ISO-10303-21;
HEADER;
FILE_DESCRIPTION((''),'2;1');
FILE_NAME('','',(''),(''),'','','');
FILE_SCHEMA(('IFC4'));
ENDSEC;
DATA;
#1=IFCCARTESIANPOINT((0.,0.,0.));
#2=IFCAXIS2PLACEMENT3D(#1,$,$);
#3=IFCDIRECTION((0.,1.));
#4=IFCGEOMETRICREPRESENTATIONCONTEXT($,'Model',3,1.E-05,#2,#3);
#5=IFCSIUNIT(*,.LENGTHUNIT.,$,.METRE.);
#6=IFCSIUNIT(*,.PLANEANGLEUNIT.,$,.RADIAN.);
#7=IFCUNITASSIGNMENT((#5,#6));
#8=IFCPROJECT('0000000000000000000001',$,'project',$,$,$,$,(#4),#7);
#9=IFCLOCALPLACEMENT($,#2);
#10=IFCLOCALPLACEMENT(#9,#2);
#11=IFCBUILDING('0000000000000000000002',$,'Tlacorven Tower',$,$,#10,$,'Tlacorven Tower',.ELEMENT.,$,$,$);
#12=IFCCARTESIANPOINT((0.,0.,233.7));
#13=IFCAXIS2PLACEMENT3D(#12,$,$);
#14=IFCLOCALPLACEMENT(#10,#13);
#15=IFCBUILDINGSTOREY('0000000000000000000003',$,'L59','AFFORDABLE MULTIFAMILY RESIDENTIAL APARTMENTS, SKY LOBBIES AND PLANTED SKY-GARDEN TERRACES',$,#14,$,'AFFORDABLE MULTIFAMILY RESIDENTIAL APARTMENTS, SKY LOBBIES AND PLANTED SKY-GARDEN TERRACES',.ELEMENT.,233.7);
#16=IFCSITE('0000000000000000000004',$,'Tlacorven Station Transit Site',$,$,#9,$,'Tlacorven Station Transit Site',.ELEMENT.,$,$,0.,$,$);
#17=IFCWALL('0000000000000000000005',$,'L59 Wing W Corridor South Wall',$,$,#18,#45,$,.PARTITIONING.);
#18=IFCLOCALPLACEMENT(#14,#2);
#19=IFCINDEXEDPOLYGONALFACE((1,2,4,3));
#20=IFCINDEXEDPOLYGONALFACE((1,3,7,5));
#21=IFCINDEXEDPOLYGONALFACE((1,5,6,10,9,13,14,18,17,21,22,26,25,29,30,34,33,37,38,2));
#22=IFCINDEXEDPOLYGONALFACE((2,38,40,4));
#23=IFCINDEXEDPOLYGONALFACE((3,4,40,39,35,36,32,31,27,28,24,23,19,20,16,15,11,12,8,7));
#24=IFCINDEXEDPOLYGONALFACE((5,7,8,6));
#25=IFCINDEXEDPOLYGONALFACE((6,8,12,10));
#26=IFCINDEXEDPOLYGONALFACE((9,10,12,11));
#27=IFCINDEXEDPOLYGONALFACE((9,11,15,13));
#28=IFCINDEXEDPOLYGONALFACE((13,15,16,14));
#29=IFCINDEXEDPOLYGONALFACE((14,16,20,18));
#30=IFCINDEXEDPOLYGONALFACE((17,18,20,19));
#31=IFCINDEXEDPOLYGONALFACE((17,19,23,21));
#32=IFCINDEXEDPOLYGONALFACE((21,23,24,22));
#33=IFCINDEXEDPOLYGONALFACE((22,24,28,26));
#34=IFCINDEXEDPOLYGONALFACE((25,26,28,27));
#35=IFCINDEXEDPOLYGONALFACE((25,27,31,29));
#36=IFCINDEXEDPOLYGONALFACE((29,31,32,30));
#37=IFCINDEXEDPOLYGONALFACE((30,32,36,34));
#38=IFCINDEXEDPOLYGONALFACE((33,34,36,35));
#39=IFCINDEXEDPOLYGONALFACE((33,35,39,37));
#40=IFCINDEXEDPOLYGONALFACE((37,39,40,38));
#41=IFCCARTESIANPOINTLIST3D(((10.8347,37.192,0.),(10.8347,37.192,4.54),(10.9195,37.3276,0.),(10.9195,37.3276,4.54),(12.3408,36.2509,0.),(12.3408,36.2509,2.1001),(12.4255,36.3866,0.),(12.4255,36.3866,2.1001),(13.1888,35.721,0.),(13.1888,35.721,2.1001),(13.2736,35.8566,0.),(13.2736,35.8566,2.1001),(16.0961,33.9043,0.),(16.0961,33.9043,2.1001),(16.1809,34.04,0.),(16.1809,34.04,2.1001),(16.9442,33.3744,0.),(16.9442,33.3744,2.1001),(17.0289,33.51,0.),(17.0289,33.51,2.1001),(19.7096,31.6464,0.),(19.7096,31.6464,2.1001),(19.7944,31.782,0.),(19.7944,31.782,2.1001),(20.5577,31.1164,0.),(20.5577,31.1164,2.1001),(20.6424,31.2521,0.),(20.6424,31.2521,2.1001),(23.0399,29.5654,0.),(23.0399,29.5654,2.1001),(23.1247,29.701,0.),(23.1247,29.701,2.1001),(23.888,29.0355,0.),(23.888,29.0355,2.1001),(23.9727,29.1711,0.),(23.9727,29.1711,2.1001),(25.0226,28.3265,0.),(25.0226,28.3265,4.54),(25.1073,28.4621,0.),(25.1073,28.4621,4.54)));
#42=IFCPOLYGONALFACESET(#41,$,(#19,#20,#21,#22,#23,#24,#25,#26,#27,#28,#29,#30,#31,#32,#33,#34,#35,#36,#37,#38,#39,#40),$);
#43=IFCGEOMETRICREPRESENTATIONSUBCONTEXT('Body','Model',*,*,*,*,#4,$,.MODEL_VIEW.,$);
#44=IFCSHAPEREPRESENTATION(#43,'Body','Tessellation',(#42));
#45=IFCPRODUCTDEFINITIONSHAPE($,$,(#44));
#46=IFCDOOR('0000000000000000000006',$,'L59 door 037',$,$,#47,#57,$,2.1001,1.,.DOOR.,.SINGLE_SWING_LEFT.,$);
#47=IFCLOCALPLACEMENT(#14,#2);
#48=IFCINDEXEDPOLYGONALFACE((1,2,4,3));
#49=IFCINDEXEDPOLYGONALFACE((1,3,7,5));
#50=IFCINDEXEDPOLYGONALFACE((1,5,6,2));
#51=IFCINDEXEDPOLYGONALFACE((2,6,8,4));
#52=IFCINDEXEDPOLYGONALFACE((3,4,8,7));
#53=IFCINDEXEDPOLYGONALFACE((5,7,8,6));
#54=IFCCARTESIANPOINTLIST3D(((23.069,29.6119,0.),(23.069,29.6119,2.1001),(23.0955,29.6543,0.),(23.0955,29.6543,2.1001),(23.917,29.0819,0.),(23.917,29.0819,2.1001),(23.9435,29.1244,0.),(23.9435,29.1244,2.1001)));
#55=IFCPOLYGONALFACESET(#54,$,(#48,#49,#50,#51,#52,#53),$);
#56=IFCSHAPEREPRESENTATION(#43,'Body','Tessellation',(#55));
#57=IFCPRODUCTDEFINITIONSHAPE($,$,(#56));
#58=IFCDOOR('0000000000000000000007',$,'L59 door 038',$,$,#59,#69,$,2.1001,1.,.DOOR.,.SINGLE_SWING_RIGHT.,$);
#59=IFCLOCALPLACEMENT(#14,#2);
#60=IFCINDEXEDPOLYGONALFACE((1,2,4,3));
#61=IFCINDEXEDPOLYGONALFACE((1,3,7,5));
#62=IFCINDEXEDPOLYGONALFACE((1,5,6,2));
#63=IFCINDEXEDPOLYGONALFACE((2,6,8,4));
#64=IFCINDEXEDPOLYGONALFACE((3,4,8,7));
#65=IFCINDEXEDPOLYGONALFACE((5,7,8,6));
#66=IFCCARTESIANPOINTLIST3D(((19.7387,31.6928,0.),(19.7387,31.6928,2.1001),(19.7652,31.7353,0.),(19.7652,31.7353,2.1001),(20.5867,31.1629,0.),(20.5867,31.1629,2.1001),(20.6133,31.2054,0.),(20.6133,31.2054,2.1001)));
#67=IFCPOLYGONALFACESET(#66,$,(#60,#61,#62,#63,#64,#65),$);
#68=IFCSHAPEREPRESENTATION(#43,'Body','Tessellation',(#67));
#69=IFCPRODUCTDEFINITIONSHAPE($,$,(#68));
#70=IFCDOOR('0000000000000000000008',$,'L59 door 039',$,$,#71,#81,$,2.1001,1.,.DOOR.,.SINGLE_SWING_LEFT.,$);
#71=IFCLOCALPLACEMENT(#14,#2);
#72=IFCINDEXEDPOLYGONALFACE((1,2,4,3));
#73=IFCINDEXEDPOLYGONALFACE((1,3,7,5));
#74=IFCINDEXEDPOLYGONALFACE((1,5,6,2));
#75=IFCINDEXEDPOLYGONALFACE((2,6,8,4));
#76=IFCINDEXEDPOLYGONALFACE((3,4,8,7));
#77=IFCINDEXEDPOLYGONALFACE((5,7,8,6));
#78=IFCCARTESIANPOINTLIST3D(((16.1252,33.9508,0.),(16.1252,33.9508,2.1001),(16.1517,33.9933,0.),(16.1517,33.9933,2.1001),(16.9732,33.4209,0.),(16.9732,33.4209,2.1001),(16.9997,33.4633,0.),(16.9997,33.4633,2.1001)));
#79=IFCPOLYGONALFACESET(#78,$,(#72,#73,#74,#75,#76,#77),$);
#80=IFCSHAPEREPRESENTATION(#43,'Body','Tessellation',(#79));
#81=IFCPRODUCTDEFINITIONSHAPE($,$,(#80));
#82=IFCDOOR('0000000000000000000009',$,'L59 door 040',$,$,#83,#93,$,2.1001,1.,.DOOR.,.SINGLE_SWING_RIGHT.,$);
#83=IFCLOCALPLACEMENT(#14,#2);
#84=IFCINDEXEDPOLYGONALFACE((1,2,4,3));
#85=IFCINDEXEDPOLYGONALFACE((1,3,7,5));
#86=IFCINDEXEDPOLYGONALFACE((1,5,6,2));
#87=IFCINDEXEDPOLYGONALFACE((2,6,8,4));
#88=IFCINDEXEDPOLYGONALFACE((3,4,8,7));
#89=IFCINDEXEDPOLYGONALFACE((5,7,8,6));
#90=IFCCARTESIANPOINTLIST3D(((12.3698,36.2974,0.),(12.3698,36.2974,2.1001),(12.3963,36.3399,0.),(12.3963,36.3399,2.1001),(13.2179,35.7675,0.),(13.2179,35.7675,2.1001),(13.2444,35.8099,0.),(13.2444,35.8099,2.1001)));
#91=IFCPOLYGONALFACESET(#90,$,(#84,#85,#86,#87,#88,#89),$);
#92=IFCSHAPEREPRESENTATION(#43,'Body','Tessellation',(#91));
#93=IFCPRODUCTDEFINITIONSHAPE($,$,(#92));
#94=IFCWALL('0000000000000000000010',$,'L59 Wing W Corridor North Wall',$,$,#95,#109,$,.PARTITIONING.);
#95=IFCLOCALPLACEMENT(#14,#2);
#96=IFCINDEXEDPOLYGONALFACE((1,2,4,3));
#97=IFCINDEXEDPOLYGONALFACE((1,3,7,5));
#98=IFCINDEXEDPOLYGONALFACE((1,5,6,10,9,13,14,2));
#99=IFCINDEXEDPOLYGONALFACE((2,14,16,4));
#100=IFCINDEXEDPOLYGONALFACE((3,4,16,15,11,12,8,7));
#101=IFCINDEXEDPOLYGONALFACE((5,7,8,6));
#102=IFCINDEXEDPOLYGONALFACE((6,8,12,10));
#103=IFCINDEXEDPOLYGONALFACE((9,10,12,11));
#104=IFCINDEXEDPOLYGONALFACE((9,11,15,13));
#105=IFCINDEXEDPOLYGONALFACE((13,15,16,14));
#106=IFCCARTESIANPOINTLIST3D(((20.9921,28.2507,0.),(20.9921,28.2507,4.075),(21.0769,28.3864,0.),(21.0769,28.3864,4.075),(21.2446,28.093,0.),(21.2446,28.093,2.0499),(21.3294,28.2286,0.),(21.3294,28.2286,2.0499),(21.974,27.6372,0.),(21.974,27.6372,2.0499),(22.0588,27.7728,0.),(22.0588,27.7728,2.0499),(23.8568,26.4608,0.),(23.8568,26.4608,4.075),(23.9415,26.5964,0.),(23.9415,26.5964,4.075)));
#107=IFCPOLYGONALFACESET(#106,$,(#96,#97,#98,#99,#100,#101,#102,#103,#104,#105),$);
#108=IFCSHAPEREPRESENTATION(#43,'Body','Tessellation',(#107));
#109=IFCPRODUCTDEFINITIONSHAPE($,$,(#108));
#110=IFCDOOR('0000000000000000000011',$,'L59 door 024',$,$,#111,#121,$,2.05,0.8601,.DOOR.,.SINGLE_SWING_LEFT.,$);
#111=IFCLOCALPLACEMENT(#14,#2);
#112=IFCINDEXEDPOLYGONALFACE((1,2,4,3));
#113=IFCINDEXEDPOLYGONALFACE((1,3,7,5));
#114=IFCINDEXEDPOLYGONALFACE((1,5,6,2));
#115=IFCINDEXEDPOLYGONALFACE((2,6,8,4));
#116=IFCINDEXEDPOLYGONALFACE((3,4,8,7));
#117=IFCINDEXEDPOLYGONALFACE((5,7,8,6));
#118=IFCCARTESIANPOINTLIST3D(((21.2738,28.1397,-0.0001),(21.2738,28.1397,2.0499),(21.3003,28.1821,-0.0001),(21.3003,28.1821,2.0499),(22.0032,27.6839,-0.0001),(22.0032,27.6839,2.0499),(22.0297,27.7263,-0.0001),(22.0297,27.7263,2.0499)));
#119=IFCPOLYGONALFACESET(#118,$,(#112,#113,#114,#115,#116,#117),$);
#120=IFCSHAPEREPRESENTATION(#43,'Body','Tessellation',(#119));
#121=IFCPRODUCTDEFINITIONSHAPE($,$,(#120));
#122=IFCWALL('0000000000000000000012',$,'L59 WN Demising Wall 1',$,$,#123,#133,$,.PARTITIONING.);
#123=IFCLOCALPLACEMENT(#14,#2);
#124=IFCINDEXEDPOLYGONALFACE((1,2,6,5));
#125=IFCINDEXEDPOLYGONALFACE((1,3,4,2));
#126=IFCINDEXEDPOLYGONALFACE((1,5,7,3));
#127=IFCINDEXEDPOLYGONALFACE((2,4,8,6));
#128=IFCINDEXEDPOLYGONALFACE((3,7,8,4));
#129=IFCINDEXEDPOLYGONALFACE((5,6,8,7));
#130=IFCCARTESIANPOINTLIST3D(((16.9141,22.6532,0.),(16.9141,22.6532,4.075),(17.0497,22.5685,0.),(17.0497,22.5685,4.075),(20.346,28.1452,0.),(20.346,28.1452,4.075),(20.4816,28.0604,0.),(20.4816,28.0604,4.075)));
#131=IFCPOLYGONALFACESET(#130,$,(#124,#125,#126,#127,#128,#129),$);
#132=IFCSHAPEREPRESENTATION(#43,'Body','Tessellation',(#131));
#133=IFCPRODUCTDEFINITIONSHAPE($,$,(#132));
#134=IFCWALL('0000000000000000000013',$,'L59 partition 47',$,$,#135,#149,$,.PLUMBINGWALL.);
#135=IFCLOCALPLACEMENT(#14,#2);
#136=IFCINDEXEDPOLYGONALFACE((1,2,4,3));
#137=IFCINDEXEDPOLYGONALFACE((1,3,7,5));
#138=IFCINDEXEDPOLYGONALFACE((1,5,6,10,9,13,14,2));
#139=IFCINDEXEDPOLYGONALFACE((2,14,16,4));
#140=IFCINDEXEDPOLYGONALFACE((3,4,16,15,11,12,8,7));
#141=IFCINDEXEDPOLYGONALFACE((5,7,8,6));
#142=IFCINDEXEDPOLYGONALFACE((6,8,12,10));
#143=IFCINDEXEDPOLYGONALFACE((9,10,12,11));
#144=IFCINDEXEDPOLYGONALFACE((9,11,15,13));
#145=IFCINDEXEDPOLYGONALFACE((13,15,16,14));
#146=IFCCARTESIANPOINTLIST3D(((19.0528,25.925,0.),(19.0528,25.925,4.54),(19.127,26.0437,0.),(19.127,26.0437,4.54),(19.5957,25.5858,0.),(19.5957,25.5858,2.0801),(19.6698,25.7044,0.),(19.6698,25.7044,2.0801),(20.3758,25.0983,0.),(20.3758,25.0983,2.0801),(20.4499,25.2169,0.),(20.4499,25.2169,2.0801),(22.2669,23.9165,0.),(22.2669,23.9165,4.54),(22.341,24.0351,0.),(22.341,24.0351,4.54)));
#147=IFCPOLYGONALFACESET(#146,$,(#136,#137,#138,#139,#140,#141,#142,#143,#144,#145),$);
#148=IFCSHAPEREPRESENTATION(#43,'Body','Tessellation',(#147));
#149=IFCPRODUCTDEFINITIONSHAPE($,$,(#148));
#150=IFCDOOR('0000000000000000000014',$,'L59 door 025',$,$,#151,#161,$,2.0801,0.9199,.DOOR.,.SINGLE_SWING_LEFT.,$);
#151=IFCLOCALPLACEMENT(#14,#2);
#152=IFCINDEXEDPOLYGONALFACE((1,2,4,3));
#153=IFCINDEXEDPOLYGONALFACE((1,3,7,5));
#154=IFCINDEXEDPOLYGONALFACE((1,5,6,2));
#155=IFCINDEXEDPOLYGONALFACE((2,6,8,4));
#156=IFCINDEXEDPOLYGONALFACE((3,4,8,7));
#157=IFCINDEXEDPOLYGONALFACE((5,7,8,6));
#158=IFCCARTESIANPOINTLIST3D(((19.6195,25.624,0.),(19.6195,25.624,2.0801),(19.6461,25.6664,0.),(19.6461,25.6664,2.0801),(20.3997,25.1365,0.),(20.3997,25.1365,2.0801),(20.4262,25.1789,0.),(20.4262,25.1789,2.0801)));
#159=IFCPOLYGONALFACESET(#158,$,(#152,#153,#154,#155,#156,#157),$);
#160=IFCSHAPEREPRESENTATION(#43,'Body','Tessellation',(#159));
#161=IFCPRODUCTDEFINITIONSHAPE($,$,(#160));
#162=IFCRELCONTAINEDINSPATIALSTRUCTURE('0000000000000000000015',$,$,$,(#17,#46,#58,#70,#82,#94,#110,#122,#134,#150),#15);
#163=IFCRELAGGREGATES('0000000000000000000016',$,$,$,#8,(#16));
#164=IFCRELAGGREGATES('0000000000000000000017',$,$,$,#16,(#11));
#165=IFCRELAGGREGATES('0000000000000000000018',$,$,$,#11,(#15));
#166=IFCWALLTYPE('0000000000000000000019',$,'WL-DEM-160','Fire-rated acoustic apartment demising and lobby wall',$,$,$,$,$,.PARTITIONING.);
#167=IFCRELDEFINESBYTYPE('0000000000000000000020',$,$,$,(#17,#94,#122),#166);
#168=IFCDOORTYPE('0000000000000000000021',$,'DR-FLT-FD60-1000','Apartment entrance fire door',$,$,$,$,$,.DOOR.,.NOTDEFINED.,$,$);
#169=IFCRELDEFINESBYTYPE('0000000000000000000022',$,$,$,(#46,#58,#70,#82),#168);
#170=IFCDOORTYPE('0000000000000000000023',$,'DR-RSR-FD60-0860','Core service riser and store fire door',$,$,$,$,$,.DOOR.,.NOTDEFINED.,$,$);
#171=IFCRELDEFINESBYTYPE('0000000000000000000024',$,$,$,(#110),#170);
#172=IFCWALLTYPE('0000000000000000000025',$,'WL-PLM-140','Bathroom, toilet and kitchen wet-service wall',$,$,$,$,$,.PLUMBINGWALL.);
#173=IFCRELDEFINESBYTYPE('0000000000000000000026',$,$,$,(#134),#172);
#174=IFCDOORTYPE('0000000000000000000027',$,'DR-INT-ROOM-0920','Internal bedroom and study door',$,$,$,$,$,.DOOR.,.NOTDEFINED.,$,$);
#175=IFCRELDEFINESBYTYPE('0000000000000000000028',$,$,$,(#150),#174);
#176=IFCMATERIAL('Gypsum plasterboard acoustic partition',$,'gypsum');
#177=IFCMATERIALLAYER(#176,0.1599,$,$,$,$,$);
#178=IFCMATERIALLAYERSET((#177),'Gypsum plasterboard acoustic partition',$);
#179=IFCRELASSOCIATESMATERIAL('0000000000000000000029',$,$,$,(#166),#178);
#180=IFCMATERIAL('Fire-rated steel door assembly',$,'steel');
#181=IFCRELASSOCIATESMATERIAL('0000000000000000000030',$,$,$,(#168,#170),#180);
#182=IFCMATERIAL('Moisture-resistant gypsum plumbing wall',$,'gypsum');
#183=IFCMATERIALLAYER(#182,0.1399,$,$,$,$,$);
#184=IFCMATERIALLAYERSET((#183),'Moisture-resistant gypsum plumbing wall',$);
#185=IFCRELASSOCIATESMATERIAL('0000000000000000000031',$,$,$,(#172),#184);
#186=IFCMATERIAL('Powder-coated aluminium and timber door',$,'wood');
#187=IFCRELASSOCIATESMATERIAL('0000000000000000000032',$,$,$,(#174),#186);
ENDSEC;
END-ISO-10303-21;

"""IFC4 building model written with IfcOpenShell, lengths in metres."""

from ifc_helpers import new_model, si_unit, direction, frame, frame_2d, origin, place, context, subcontext, project, spatial, rectangle, extrude, source, transform, mapped, material, layer, layer_set, type_object, element, fill, save


model = new_model("IFC4")

# Units and contexts
model_context = context("Model", 3, precision=1e-05, world=origin(), true_north=direction((0.0, 1.0)))
body_context = subcontext(model_context, "Body", "Model", "MODEL_VIEW")
ifc_project = project(units=[si_unit("LENGTHUNIT", "METRE"), si_unit("PLANEANGLEUNIT", "RADIAN")], contexts=[model_context])

# Site, building, storey
site_placement = place(None, origin())
site = spatial("IfcSite", under=ifc_project, at=site_placement, Name="Tlacorven Station Transit Site", LongName="Tlacorven Station Transit Site", CompositionType="ELEMENT", RefElevation=0.0)
building_placement = place(site_placement, origin())
building = spatial("IfcBuilding", under=site, at=building_placement, Name="Tlacorven Tower", LongName="Tlacorven Tower", CompositionType="ELEMENT")
storey_placement = place(building_placement, frame((0.0, 0.0, 233.7)))
storey = spatial("IfcBuildingStorey", under=building, at=storey_placement, Name="L59", Description="AFFORDABLE MULTIFAMILY RESIDENTIAL APARTMENTS, SKY LOBBIES AND PLANTED SKY-GARDEN TERRACES", LongName="AFFORDABLE MULTIFAMILY RESIDENTIAL APARTMENTS, SKY LOBBIES AND PLANTED SKY-GARDEN TERRACES", CompositionType="ELEMENT", Elevation=233.7)

# Shared definitions
ifc_material_1 = material(Name="Gypsum plasterboard acoustic partition", Category="gypsum")
ifc_layer_1 = layer(ifc_material_1, 0.1599)
ifc_layer_set_1 = layer_set([ifc_layer_1], Name="Gypsum plasterboard acoustic partition")
wall_type_1 = type_object("IfcWallType", Name="WL-DEM-160", Description="Fire-rated acoustic apartment demising and lobby wall", PredefinedType="PARTITIONING", material=ifc_layer_set_1)

# Wall, openings, doors
wall_1_placement = place(storey_placement, frame((25.0649, 28.3943, 0.0), z_axis=(0.0, 0.0, 1.0), x_axis=(-0.848048, 0.529919, 0.0)))
wall_1 = element("IfcWall", 1, at=wall_1_placement, inside=storey, type_object=wall_type_1, Name="L59 Wing W Corridor South Wall", PredefinedType="PARTITIONING", context=body_context, shape_type="SweptSolid", body=[
    extrude(rectangle(XDim=16.73, YDim=0.1599, at=frame_2d((8.365, 0.0))), origin(), (0.0, 0.0, 1.0), 4.54),
])
opening_1_placement = place(wall_1_placement, frame((1.3379, 0.0, 0.0)))
opening_1 = element("IfcOpeningElement", 2, at=opening_1_placement, cuts=wall_1, PredefinedType="OPENING", context=body_context, shape_type="SweptSolid", body=[
    extrude(rectangle(XDim=1.0, YDim=2.1001, at=frame_2d((0.5, 1.05))), frame((0.0, 0.0898, 0.0), z_axis=(0.0, -1.0, 0.0), x_axis=(1.0, 0.0, 0.0)), (0.0, 0.0, 1.0), 0.1799),
])
opening_2_placement = place(wall_1_placement, frame((5.2649, 0.0, 0.0)))
opening_2 = element("IfcOpeningElement", 3, at=opening_2_placement, cuts=wall_1, PredefinedType="OPENING", context=body_context, shape_type="SweptSolid", body=[
    extrude(rectangle(XDim=1.0, YDim=2.1001, at=frame_2d((0.5, 1.05))), frame((0.0, 0.0898, 0.0), z_axis=(0.0, -1.0, 0.0), x_axis=(1.0, 0.0, 0.0)), (0.0, 0.0, 1.0), 0.1799),
])
opening_3_placement = place(wall_1_placement, frame((9.5259, 0.0, 0.0)))
opening_3 = element("IfcOpeningElement", 4, at=opening_3_placement, cuts=wall_1, PredefinedType="OPENING", context=body_context, shape_type="SweptSolid", body=[
    extrude(rectangle(XDim=1.0, YDim=2.1001, at=frame_2d((0.5, 1.05))), frame((0.0, 0.0898, 0.0), z_axis=(0.0, -1.0, 0.0), x_axis=(1.0, 0.0, 0.0)), (0.0, 0.0, 1.0), 0.1799),
])
opening_4_placement = place(wall_1_placement, frame((13.9541, 0.0, 0.0)))
opening_4 = element("IfcOpeningElement", 5, at=opening_4_placement, cuts=wall_1, PredefinedType="OPENING", context=body_context, shape_type="SweptSolid", body=[
    extrude(rectangle(XDim=1.0, YDim=2.1001, at=frame_2d((0.5, 1.05))), frame((0.0, 0.0898, 0.0), z_axis=(0.0, -1.0, 0.0), x_axis=(1.0, 0.0, 0.0)), (0.0, 0.0, 1.0), 0.1799),
])
ifc_material_2 = material(Name="Fire-rated steel door assembly", Category="steel")
door_type_1 = type_object("IfcDoorType", Name="DR-FLT-FD60-1000", Description="Apartment entrance fire door", OperationType="NOTDEFINED", PredefinedType="DOOR", material=ifc_material_2)
shared_shape_1 = source(origin(), body_context, "Body", "SweptSolid", [
    extrude(rectangle(XDim=1.0, YDim=2.1001, at=frame_2d((0.5, 1.05))), frame((0.0, 0.0249, 0.0), z_axis=(0.0, -1.0, 0.0), x_axis=(1.0, 0.0, 0.0)), (0.0, 0.0, 1.0), 0.05),
])
door_1_placement = place(opening_1_placement, frame((1.0, 0.0, 0.0), z_axis=(0.0, 0.0, 1.0), x_axis=(-1.0, 0.0, 0.0)))
door_1 = element("IfcDoor", 6, at=door_1_placement, inside=storey, type_object=door_type_1, Name="L59 door 037", OperationType="SINGLE_SWING_LEFT", OverallHeight=2.1001, OverallWidth=1.0, PredefinedType="DOOR", context=body_context, shape_type="MappedRepresentation", body=[
    mapped(shared_shape_1, transform((0.0, 0.0, 0.0), scale=1.0)),
])
fill(opening_1, door_1)
door_2_placement = place(opening_2_placement, frame((1.0, 0.0, 0.0), z_axis=(0.0, 0.0, 1.0), x_axis=(-1.0, 0.0, 0.0)))
door_2 = element("IfcDoor", 7, at=door_2_placement, inside=storey, type_object=door_type_1, Name="L59 door 038", OperationType="SINGLE_SWING_RIGHT", OverallHeight=2.1001, OverallWidth=1.0, PredefinedType="DOOR", context=body_context, shape_type="MappedRepresentation", body=[
    mapped(shared_shape_1, transform((0.0, 0.0, 0.0), scale=1.0)),
])
fill(opening_2, door_2)
door_3_placement = place(opening_3_placement, frame((1.0, 0.0, 0.0), z_axis=(0.0, 0.0, 1.0), x_axis=(-1.0, 0.0, 0.0)))
door_3 = element("IfcDoor", 8, at=door_3_placement, inside=storey, type_object=door_type_1, Name="L59 door 039", OperationType="SINGLE_SWING_LEFT", OverallHeight=2.1001, OverallWidth=1.0, PredefinedType="DOOR", context=body_context, shape_type="MappedRepresentation", body=[
    mapped(shared_shape_1, transform((0.0, 0.0, 0.0), scale=1.0)),
])
fill(opening_3, door_3)
door_4_placement = place(opening_4_placement, frame((1.0, 0.0, 0.0), z_axis=(0.0, 0.0, 1.0), x_axis=(-1.0, 0.0, 0.0)))
door_4 = element("IfcDoor", 9, at=door_4_placement, inside=storey, type_object=door_type_1, Name="L59 door 040", OperationType="SINGLE_SWING_RIGHT", OverallHeight=2.1001, OverallWidth=1.0, PredefinedType="DOOR", context=body_context, shape_type="MappedRepresentation", body=[
    mapped(shared_shape_1, transform((0.0, 0.0, 0.0), scale=1.0)),
])
fill(opening_4, door_4)

# Wall, opening, door
wall_2_placement = place(storey_placement, frame((23.8992, 26.5286, 0.0), z_axis=(0.0, 0.0, 1.0), x_axis=(-0.848055, 0.529908, 0.0)))
wall_2 = element("IfcWall", 10, at=wall_2_placement, inside=storey, type_object=wall_type_1, Name="L59 Wing W Corridor North Wall", PredefinedType="PARTITIONING", context=body_context, shape_type="SweptSolid", body=[
    extrude(rectangle(XDim=3.3779, YDim=0.1599, at=frame_2d((1.689, 0.0))), origin(), (0.0, 0.0, 1.0), 4.075),
])
opening_5_placement = place(wall_2_placement, frame((2.22, 0.0, 0.0)))
opening_5 = element("IfcOpeningElement", 11, at=opening_5_placement, cuts=wall_2, PredefinedType="OPENING", context=body_context, shape_type="SweptSolid", body=[
    extrude(rectangle(XDim=0.8601, YDim=2.05, at=frame_2d((0.4302, 1.0249))), frame((0.0, 0.0898, 0.0), z_axis=(0.0, -1.0, 0.0), x_axis=(1.0, 0.0, 0.0)), (0.0, 0.0, 1.0), 0.1799),
])
door_type_2 = type_object("IfcDoorType", Name="DR-RSR-FD60-0860", Description="Core service riser and store fire door", OperationType="NOTDEFINED", PredefinedType="DOOR", material=ifc_material_2)
shared_shape_2 = source(origin(), body_context, "Body", "SweptSolid", [
    extrude(rectangle(XDim=0.8601, YDim=2.05, at=frame_2d((0.4302, 1.0249))), frame((0.0, 0.0249, 0.0), z_axis=(0.0, -1.0, 0.0), x_axis=(1.0, 0.0, 0.0)), (0.0, 0.0, 1.0), 0.05),
])
door_5_placement = place(opening_5_placement, origin())
door_5 = element("IfcDoor", 12, at=door_5_placement, inside=storey, type_object=door_type_2, Name="L59 door 024", OperationType="SINGLE_SWING_LEFT", OverallHeight=2.05, OverallWidth=0.8601, PredefinedType="DOOR", context=body_context, shape_type="MappedRepresentation", body=[
    mapped(shared_shape_2, transform((0.0, 0.0, 0.0), scale=1.0)),
])
fill(opening_5, door_5)

# Wall
wall_3_placement = place(storey_placement, frame((20.4138, 28.1028, 0.0), z_axis=(0.0, 0.0, 1.0), x_axis=(-0.529935, -0.848039, 0.0)))
element("IfcWall", 13, at=wall_3_placement, inside=storey, type_object=wall_type_1, Name="L59 WN Demising Wall 1", PredefinedType="PARTITIONING", context=body_context, shape_type="SweptSolid", body=[
    extrude(rectangle(XDim=6.4761, YDim=0.1599, at=frame_2d((3.238, 0.0))), origin(), (0.0, 0.0, 1.0), 4.075),
])

# Wall, opening, door
ifc_material_3 = material(Name="Moisture-resistant gypsum plumbing wall", Category="gypsum")
ifc_layer_2 = layer(ifc_material_3, 0.1399)
ifc_layer_set_2 = layer_set([ifc_layer_2], Name="Moisture-resistant gypsum plumbing wall")
wall_type_2 = type_object("IfcWallType", Name="WL-PLM-140", Description="Bathroom, toilet and kitchen wet-service wall", PredefinedType="PLUMBINGWALL", material=ifc_layer_set_2)
wall_4_placement = place(storey_placement, frame((22.304, 23.9758, 0.0), z_axis=(0.0, 0.0, 1.0), x_axis=(-0.848031, 0.529947, 0.0)))
wall_4 = element("IfcWall", 14, at=wall_4_placement, inside=storey, type_object=wall_type_2, Name="L59 partition 47", PredefinedType="PLUMBINGWALL", context=body_context, shape_type="SweptSolid", body=[
    extrude(rectangle(XDim=3.79, YDim=0.1399, at=frame_2d((1.895, 0.0))), origin(), (0.0, 0.0, 1.0), 4.54),
])
opening_6_placement = place(wall_4_placement, frame((2.23, 0.0, 0.0)))
opening_6 = element("IfcOpeningElement", 15, at=opening_6_placement, cuts=wall_4, PredefinedType="OPENING", context=body_context, shape_type="SweptSolid", body=[
    extrude(rectangle(XDim=0.9199, YDim=2.0801, at=frame_2d((0.46, 1.04))), frame((0.0, 0.0801, 0.0), z_axis=(0.0, -1.0, 0.0), x_axis=(1.0, 0.0, 0.0)), (0.0, 0.0, 1.0), 0.1599),
])
ifc_material_4 = material(Name="Powder-coated aluminium and timber door", Category="wood")
door_type_3 = type_object("IfcDoorType", Name="DR-INT-ROOM-0920", Description="Internal bedroom and study door", OperationType="NOTDEFINED", PredefinedType="DOOR", material=ifc_material_4)
shared_shape_3 = source(origin(), body_context, "Body", "SweptSolid", [
    extrude(rectangle(XDim=0.9199, YDim=2.0801, at=frame_2d((0.46, 1.04))), frame((0.0, 0.0249, 0.0), z_axis=(0.0, -1.0, 0.0), x_axis=(1.0, 0.0, 0.0)), (0.0, 0.0, 1.0), 0.05),
])
door_6_placement = place(opening_6_placement, origin())
door_6 = element("IfcDoor", 16, at=door_6_placement, inside=storey, type_object=door_type_3, Name="L59 door 025", OperationType="SINGLE_SWING_LEFT", OverallHeight=2.0801, OverallWidth=0.9199, PredefinedType="DOOR", context=body_context, shape_type="MappedRepresentation", body=[
    mapped(shared_shape_3, transform((0.0, 0.0, 0.0), scale=1.0)),
])
fill(opening_6, door_6)

save(model, "model.ifc")
